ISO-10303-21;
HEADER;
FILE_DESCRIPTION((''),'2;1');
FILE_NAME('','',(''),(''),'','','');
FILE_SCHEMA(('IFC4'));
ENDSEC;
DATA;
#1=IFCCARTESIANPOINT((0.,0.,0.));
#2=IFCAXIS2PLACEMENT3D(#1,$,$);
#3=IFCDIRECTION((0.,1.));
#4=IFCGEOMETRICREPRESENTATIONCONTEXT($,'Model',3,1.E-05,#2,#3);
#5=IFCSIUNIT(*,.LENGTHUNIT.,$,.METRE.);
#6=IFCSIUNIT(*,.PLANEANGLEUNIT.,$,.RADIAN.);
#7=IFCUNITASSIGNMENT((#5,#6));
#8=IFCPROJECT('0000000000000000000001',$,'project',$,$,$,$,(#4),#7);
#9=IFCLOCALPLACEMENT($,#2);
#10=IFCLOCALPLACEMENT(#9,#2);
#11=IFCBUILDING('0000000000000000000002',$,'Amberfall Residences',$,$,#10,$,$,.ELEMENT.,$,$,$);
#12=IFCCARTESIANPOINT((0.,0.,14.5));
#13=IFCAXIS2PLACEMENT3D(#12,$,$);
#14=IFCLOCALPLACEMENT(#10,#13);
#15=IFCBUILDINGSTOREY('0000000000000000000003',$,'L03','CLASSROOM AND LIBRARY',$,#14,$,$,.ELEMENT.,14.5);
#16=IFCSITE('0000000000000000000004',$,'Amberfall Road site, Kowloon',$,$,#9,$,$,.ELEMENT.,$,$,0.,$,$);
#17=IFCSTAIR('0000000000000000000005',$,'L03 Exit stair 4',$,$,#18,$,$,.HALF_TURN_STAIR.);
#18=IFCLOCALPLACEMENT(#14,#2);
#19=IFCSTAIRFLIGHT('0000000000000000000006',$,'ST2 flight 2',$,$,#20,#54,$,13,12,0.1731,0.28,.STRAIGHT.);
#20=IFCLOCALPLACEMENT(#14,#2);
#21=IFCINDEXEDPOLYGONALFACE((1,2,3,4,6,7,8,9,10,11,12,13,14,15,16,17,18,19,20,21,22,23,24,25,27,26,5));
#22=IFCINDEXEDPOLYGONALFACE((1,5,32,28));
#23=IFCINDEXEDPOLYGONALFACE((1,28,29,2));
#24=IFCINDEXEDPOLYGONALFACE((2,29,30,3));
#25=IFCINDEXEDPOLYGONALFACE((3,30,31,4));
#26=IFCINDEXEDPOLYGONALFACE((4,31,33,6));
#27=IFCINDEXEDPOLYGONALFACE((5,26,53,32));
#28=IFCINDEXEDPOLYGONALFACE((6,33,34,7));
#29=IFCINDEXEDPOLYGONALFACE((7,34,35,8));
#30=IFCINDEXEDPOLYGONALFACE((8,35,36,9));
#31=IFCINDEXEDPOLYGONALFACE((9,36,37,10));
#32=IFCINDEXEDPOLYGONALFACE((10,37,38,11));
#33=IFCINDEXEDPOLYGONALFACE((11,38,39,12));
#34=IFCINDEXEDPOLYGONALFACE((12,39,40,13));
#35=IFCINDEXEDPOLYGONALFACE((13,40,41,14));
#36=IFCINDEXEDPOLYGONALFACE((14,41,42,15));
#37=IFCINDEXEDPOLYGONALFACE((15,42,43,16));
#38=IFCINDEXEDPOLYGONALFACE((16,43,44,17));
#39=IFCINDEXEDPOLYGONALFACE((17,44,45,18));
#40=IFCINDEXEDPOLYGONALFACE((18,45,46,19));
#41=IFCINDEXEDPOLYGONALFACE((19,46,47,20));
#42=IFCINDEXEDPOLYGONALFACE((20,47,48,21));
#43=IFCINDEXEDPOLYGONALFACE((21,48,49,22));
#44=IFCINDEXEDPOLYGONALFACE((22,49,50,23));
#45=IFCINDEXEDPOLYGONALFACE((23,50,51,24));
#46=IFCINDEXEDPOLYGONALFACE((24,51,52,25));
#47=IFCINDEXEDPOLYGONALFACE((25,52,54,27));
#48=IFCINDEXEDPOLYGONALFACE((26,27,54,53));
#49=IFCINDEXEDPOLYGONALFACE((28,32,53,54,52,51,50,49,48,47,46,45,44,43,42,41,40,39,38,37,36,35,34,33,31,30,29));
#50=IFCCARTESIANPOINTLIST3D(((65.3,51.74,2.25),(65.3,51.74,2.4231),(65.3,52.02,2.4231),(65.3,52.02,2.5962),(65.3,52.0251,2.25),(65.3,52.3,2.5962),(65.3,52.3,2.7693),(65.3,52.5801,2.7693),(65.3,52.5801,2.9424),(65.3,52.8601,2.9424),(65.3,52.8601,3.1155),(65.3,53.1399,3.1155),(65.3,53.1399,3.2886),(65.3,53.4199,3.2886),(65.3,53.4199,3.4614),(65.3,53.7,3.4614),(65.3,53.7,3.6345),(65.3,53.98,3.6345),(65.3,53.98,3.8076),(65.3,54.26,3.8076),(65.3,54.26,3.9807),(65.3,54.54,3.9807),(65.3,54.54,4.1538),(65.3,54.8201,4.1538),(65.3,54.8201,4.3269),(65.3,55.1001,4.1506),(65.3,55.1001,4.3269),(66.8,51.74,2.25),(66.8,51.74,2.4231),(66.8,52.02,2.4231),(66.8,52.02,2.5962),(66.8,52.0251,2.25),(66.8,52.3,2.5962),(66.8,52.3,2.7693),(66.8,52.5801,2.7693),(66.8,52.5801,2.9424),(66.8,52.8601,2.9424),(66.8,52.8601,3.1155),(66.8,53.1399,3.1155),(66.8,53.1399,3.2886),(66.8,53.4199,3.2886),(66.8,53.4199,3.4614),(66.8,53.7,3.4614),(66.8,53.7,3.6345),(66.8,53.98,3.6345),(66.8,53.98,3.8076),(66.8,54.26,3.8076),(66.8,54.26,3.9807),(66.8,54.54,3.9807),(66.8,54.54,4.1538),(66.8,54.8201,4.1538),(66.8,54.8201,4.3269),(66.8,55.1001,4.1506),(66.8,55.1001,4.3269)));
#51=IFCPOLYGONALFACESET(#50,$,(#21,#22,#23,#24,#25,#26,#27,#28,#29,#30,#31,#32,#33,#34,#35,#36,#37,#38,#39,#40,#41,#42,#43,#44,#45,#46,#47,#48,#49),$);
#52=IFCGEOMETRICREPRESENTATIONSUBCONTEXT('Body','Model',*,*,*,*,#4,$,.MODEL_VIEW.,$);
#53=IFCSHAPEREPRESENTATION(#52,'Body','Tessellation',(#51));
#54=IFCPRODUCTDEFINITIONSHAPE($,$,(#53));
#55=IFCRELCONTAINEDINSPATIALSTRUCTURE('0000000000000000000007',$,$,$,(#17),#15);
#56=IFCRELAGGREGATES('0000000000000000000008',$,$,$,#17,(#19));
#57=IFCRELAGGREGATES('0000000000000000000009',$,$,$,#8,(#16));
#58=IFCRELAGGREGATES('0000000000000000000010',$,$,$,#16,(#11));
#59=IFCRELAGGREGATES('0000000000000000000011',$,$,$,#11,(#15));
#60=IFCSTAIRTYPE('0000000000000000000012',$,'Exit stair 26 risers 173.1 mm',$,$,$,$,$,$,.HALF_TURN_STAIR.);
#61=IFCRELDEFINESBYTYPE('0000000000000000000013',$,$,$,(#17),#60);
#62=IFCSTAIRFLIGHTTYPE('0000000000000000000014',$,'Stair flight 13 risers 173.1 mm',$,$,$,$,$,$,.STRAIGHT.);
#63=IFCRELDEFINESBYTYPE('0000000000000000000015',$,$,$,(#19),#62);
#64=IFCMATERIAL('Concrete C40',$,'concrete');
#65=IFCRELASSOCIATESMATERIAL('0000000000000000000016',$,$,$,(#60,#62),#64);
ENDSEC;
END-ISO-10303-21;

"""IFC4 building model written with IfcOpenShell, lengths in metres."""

from ifc_helpers import new_model, si_unit, direction, frame, origin, place, context, subcontext, project, spatial, polyline, outline, extrude, material, type_object, element, aggregate, save


model = new_model("IFC4")

# Units and contexts
model_context = context("Model", 3, precision=1e-05, world=origin(), true_north=direction((0.0, 1.0)))
body_context = subcontext(model_context, "Body", "Model", "MODEL_VIEW")
ifc_project = project(units=[si_unit("LENGTHUNIT", "METRE"), si_unit("PLANEANGLEUNIT", "RADIAN")], contexts=[model_context])

# Site, building, storey
site_placement = place(None, origin())
site = spatial("IfcSite", under=ifc_project, at=site_placement, Name="Amberfall Road site, Kowloon", CompositionType="ELEMENT", RefElevation=0.0)
building_placement = place(site_placement, origin())
building = spatial("IfcBuilding", under=site, at=building_placement, Name="Amberfall Residences", CompositionType="ELEMENT")
storey_placement = place(building_placement, frame((0.0, 0.0, 14.5)))
storey = spatial("IfcBuildingStorey", under=building, at=storey_placement, Name="L03", Description="CLASSROOM AND LIBRARY", CompositionType="ELEMENT", Elevation=14.5)

# Stair, stair flight
ifc_material_1 = material(Name="Concrete C40", Category="concrete")
stair_type = type_object("IfcStairType", Name="Exit stair 26 risers 173.1 mm", PredefinedType="HALF_TURN_STAIR", material=ifc_material_1)
stair_flight_type = type_object("IfcStairFlightType", Name="Stair flight 13 risers 173.1 mm", PredefinedType="STRAIGHT", material=ifc_material_1)
stair_1_placement = place(storey_placement, origin())
stair_1 = element("IfcStair", 1, at=stair_1_placement, inside=storey, type_object=stair_type, Name="L03 Exit stair 4", PredefinedType="HALF_TURN_STAIR")
stair_flight_1_placement = place(storey_placement, frame((66.05, 51.74, 2.25), z_axis=(0.0, 0.0, 1.0), x_axis=(0.0, 1.0, 0.0)))
stair_flight_1 = element("IfcStairFlight", 2, at=stair_flight_1_placement, type_object=stair_flight_type, Name="ST2 flight 2", NumberOfRisers=13, NumberOfTreads=12, PredefinedType="STRAIGHT", RiserHeight=0.1731, TreadLength=0.28, context=body_context, shape_type="SweptSolid", body=[
    extrude(outline(polyline([(0.0, 0.0), (0.0, 0.1731), (0.28, 0.1731), (0.28, 0.3462), (0.5601, 0.3462), (0.5601, 0.5193), (0.8401, 0.5193), (0.8401, 0.6924), (1.1201, 0.6924), (1.1201, 0.8655), (1.3999, 0.8655), (1.3999, 1.0386), (1.6799, 1.0386), (1.6799, 1.2114), (1.96, 1.2114), (1.96, 1.3845), (2.24, 1.3845), (2.24, 1.5576), (2.52, 1.5576), (2.52, 1.7307), (2.8, 1.7307), (2.8, 1.9038), (3.0801, 1.9038), (3.0801, 2.0769), (3.3601, 2.0769), (3.3601, 2.25), (3.3601, 1.9006), (0.2852, 0.0), (0.0, 0.0)])), frame((0.0, 0.75, 0.0), z_axis=(0.0, -1.0, 0.0), x_axis=(1.0, 0.0, 0.0)), (0.0, 0.0, 1.0), 1.5),
])
aggregate(stair_1, [stair_flight_1])

save(model, "model.ifc")
